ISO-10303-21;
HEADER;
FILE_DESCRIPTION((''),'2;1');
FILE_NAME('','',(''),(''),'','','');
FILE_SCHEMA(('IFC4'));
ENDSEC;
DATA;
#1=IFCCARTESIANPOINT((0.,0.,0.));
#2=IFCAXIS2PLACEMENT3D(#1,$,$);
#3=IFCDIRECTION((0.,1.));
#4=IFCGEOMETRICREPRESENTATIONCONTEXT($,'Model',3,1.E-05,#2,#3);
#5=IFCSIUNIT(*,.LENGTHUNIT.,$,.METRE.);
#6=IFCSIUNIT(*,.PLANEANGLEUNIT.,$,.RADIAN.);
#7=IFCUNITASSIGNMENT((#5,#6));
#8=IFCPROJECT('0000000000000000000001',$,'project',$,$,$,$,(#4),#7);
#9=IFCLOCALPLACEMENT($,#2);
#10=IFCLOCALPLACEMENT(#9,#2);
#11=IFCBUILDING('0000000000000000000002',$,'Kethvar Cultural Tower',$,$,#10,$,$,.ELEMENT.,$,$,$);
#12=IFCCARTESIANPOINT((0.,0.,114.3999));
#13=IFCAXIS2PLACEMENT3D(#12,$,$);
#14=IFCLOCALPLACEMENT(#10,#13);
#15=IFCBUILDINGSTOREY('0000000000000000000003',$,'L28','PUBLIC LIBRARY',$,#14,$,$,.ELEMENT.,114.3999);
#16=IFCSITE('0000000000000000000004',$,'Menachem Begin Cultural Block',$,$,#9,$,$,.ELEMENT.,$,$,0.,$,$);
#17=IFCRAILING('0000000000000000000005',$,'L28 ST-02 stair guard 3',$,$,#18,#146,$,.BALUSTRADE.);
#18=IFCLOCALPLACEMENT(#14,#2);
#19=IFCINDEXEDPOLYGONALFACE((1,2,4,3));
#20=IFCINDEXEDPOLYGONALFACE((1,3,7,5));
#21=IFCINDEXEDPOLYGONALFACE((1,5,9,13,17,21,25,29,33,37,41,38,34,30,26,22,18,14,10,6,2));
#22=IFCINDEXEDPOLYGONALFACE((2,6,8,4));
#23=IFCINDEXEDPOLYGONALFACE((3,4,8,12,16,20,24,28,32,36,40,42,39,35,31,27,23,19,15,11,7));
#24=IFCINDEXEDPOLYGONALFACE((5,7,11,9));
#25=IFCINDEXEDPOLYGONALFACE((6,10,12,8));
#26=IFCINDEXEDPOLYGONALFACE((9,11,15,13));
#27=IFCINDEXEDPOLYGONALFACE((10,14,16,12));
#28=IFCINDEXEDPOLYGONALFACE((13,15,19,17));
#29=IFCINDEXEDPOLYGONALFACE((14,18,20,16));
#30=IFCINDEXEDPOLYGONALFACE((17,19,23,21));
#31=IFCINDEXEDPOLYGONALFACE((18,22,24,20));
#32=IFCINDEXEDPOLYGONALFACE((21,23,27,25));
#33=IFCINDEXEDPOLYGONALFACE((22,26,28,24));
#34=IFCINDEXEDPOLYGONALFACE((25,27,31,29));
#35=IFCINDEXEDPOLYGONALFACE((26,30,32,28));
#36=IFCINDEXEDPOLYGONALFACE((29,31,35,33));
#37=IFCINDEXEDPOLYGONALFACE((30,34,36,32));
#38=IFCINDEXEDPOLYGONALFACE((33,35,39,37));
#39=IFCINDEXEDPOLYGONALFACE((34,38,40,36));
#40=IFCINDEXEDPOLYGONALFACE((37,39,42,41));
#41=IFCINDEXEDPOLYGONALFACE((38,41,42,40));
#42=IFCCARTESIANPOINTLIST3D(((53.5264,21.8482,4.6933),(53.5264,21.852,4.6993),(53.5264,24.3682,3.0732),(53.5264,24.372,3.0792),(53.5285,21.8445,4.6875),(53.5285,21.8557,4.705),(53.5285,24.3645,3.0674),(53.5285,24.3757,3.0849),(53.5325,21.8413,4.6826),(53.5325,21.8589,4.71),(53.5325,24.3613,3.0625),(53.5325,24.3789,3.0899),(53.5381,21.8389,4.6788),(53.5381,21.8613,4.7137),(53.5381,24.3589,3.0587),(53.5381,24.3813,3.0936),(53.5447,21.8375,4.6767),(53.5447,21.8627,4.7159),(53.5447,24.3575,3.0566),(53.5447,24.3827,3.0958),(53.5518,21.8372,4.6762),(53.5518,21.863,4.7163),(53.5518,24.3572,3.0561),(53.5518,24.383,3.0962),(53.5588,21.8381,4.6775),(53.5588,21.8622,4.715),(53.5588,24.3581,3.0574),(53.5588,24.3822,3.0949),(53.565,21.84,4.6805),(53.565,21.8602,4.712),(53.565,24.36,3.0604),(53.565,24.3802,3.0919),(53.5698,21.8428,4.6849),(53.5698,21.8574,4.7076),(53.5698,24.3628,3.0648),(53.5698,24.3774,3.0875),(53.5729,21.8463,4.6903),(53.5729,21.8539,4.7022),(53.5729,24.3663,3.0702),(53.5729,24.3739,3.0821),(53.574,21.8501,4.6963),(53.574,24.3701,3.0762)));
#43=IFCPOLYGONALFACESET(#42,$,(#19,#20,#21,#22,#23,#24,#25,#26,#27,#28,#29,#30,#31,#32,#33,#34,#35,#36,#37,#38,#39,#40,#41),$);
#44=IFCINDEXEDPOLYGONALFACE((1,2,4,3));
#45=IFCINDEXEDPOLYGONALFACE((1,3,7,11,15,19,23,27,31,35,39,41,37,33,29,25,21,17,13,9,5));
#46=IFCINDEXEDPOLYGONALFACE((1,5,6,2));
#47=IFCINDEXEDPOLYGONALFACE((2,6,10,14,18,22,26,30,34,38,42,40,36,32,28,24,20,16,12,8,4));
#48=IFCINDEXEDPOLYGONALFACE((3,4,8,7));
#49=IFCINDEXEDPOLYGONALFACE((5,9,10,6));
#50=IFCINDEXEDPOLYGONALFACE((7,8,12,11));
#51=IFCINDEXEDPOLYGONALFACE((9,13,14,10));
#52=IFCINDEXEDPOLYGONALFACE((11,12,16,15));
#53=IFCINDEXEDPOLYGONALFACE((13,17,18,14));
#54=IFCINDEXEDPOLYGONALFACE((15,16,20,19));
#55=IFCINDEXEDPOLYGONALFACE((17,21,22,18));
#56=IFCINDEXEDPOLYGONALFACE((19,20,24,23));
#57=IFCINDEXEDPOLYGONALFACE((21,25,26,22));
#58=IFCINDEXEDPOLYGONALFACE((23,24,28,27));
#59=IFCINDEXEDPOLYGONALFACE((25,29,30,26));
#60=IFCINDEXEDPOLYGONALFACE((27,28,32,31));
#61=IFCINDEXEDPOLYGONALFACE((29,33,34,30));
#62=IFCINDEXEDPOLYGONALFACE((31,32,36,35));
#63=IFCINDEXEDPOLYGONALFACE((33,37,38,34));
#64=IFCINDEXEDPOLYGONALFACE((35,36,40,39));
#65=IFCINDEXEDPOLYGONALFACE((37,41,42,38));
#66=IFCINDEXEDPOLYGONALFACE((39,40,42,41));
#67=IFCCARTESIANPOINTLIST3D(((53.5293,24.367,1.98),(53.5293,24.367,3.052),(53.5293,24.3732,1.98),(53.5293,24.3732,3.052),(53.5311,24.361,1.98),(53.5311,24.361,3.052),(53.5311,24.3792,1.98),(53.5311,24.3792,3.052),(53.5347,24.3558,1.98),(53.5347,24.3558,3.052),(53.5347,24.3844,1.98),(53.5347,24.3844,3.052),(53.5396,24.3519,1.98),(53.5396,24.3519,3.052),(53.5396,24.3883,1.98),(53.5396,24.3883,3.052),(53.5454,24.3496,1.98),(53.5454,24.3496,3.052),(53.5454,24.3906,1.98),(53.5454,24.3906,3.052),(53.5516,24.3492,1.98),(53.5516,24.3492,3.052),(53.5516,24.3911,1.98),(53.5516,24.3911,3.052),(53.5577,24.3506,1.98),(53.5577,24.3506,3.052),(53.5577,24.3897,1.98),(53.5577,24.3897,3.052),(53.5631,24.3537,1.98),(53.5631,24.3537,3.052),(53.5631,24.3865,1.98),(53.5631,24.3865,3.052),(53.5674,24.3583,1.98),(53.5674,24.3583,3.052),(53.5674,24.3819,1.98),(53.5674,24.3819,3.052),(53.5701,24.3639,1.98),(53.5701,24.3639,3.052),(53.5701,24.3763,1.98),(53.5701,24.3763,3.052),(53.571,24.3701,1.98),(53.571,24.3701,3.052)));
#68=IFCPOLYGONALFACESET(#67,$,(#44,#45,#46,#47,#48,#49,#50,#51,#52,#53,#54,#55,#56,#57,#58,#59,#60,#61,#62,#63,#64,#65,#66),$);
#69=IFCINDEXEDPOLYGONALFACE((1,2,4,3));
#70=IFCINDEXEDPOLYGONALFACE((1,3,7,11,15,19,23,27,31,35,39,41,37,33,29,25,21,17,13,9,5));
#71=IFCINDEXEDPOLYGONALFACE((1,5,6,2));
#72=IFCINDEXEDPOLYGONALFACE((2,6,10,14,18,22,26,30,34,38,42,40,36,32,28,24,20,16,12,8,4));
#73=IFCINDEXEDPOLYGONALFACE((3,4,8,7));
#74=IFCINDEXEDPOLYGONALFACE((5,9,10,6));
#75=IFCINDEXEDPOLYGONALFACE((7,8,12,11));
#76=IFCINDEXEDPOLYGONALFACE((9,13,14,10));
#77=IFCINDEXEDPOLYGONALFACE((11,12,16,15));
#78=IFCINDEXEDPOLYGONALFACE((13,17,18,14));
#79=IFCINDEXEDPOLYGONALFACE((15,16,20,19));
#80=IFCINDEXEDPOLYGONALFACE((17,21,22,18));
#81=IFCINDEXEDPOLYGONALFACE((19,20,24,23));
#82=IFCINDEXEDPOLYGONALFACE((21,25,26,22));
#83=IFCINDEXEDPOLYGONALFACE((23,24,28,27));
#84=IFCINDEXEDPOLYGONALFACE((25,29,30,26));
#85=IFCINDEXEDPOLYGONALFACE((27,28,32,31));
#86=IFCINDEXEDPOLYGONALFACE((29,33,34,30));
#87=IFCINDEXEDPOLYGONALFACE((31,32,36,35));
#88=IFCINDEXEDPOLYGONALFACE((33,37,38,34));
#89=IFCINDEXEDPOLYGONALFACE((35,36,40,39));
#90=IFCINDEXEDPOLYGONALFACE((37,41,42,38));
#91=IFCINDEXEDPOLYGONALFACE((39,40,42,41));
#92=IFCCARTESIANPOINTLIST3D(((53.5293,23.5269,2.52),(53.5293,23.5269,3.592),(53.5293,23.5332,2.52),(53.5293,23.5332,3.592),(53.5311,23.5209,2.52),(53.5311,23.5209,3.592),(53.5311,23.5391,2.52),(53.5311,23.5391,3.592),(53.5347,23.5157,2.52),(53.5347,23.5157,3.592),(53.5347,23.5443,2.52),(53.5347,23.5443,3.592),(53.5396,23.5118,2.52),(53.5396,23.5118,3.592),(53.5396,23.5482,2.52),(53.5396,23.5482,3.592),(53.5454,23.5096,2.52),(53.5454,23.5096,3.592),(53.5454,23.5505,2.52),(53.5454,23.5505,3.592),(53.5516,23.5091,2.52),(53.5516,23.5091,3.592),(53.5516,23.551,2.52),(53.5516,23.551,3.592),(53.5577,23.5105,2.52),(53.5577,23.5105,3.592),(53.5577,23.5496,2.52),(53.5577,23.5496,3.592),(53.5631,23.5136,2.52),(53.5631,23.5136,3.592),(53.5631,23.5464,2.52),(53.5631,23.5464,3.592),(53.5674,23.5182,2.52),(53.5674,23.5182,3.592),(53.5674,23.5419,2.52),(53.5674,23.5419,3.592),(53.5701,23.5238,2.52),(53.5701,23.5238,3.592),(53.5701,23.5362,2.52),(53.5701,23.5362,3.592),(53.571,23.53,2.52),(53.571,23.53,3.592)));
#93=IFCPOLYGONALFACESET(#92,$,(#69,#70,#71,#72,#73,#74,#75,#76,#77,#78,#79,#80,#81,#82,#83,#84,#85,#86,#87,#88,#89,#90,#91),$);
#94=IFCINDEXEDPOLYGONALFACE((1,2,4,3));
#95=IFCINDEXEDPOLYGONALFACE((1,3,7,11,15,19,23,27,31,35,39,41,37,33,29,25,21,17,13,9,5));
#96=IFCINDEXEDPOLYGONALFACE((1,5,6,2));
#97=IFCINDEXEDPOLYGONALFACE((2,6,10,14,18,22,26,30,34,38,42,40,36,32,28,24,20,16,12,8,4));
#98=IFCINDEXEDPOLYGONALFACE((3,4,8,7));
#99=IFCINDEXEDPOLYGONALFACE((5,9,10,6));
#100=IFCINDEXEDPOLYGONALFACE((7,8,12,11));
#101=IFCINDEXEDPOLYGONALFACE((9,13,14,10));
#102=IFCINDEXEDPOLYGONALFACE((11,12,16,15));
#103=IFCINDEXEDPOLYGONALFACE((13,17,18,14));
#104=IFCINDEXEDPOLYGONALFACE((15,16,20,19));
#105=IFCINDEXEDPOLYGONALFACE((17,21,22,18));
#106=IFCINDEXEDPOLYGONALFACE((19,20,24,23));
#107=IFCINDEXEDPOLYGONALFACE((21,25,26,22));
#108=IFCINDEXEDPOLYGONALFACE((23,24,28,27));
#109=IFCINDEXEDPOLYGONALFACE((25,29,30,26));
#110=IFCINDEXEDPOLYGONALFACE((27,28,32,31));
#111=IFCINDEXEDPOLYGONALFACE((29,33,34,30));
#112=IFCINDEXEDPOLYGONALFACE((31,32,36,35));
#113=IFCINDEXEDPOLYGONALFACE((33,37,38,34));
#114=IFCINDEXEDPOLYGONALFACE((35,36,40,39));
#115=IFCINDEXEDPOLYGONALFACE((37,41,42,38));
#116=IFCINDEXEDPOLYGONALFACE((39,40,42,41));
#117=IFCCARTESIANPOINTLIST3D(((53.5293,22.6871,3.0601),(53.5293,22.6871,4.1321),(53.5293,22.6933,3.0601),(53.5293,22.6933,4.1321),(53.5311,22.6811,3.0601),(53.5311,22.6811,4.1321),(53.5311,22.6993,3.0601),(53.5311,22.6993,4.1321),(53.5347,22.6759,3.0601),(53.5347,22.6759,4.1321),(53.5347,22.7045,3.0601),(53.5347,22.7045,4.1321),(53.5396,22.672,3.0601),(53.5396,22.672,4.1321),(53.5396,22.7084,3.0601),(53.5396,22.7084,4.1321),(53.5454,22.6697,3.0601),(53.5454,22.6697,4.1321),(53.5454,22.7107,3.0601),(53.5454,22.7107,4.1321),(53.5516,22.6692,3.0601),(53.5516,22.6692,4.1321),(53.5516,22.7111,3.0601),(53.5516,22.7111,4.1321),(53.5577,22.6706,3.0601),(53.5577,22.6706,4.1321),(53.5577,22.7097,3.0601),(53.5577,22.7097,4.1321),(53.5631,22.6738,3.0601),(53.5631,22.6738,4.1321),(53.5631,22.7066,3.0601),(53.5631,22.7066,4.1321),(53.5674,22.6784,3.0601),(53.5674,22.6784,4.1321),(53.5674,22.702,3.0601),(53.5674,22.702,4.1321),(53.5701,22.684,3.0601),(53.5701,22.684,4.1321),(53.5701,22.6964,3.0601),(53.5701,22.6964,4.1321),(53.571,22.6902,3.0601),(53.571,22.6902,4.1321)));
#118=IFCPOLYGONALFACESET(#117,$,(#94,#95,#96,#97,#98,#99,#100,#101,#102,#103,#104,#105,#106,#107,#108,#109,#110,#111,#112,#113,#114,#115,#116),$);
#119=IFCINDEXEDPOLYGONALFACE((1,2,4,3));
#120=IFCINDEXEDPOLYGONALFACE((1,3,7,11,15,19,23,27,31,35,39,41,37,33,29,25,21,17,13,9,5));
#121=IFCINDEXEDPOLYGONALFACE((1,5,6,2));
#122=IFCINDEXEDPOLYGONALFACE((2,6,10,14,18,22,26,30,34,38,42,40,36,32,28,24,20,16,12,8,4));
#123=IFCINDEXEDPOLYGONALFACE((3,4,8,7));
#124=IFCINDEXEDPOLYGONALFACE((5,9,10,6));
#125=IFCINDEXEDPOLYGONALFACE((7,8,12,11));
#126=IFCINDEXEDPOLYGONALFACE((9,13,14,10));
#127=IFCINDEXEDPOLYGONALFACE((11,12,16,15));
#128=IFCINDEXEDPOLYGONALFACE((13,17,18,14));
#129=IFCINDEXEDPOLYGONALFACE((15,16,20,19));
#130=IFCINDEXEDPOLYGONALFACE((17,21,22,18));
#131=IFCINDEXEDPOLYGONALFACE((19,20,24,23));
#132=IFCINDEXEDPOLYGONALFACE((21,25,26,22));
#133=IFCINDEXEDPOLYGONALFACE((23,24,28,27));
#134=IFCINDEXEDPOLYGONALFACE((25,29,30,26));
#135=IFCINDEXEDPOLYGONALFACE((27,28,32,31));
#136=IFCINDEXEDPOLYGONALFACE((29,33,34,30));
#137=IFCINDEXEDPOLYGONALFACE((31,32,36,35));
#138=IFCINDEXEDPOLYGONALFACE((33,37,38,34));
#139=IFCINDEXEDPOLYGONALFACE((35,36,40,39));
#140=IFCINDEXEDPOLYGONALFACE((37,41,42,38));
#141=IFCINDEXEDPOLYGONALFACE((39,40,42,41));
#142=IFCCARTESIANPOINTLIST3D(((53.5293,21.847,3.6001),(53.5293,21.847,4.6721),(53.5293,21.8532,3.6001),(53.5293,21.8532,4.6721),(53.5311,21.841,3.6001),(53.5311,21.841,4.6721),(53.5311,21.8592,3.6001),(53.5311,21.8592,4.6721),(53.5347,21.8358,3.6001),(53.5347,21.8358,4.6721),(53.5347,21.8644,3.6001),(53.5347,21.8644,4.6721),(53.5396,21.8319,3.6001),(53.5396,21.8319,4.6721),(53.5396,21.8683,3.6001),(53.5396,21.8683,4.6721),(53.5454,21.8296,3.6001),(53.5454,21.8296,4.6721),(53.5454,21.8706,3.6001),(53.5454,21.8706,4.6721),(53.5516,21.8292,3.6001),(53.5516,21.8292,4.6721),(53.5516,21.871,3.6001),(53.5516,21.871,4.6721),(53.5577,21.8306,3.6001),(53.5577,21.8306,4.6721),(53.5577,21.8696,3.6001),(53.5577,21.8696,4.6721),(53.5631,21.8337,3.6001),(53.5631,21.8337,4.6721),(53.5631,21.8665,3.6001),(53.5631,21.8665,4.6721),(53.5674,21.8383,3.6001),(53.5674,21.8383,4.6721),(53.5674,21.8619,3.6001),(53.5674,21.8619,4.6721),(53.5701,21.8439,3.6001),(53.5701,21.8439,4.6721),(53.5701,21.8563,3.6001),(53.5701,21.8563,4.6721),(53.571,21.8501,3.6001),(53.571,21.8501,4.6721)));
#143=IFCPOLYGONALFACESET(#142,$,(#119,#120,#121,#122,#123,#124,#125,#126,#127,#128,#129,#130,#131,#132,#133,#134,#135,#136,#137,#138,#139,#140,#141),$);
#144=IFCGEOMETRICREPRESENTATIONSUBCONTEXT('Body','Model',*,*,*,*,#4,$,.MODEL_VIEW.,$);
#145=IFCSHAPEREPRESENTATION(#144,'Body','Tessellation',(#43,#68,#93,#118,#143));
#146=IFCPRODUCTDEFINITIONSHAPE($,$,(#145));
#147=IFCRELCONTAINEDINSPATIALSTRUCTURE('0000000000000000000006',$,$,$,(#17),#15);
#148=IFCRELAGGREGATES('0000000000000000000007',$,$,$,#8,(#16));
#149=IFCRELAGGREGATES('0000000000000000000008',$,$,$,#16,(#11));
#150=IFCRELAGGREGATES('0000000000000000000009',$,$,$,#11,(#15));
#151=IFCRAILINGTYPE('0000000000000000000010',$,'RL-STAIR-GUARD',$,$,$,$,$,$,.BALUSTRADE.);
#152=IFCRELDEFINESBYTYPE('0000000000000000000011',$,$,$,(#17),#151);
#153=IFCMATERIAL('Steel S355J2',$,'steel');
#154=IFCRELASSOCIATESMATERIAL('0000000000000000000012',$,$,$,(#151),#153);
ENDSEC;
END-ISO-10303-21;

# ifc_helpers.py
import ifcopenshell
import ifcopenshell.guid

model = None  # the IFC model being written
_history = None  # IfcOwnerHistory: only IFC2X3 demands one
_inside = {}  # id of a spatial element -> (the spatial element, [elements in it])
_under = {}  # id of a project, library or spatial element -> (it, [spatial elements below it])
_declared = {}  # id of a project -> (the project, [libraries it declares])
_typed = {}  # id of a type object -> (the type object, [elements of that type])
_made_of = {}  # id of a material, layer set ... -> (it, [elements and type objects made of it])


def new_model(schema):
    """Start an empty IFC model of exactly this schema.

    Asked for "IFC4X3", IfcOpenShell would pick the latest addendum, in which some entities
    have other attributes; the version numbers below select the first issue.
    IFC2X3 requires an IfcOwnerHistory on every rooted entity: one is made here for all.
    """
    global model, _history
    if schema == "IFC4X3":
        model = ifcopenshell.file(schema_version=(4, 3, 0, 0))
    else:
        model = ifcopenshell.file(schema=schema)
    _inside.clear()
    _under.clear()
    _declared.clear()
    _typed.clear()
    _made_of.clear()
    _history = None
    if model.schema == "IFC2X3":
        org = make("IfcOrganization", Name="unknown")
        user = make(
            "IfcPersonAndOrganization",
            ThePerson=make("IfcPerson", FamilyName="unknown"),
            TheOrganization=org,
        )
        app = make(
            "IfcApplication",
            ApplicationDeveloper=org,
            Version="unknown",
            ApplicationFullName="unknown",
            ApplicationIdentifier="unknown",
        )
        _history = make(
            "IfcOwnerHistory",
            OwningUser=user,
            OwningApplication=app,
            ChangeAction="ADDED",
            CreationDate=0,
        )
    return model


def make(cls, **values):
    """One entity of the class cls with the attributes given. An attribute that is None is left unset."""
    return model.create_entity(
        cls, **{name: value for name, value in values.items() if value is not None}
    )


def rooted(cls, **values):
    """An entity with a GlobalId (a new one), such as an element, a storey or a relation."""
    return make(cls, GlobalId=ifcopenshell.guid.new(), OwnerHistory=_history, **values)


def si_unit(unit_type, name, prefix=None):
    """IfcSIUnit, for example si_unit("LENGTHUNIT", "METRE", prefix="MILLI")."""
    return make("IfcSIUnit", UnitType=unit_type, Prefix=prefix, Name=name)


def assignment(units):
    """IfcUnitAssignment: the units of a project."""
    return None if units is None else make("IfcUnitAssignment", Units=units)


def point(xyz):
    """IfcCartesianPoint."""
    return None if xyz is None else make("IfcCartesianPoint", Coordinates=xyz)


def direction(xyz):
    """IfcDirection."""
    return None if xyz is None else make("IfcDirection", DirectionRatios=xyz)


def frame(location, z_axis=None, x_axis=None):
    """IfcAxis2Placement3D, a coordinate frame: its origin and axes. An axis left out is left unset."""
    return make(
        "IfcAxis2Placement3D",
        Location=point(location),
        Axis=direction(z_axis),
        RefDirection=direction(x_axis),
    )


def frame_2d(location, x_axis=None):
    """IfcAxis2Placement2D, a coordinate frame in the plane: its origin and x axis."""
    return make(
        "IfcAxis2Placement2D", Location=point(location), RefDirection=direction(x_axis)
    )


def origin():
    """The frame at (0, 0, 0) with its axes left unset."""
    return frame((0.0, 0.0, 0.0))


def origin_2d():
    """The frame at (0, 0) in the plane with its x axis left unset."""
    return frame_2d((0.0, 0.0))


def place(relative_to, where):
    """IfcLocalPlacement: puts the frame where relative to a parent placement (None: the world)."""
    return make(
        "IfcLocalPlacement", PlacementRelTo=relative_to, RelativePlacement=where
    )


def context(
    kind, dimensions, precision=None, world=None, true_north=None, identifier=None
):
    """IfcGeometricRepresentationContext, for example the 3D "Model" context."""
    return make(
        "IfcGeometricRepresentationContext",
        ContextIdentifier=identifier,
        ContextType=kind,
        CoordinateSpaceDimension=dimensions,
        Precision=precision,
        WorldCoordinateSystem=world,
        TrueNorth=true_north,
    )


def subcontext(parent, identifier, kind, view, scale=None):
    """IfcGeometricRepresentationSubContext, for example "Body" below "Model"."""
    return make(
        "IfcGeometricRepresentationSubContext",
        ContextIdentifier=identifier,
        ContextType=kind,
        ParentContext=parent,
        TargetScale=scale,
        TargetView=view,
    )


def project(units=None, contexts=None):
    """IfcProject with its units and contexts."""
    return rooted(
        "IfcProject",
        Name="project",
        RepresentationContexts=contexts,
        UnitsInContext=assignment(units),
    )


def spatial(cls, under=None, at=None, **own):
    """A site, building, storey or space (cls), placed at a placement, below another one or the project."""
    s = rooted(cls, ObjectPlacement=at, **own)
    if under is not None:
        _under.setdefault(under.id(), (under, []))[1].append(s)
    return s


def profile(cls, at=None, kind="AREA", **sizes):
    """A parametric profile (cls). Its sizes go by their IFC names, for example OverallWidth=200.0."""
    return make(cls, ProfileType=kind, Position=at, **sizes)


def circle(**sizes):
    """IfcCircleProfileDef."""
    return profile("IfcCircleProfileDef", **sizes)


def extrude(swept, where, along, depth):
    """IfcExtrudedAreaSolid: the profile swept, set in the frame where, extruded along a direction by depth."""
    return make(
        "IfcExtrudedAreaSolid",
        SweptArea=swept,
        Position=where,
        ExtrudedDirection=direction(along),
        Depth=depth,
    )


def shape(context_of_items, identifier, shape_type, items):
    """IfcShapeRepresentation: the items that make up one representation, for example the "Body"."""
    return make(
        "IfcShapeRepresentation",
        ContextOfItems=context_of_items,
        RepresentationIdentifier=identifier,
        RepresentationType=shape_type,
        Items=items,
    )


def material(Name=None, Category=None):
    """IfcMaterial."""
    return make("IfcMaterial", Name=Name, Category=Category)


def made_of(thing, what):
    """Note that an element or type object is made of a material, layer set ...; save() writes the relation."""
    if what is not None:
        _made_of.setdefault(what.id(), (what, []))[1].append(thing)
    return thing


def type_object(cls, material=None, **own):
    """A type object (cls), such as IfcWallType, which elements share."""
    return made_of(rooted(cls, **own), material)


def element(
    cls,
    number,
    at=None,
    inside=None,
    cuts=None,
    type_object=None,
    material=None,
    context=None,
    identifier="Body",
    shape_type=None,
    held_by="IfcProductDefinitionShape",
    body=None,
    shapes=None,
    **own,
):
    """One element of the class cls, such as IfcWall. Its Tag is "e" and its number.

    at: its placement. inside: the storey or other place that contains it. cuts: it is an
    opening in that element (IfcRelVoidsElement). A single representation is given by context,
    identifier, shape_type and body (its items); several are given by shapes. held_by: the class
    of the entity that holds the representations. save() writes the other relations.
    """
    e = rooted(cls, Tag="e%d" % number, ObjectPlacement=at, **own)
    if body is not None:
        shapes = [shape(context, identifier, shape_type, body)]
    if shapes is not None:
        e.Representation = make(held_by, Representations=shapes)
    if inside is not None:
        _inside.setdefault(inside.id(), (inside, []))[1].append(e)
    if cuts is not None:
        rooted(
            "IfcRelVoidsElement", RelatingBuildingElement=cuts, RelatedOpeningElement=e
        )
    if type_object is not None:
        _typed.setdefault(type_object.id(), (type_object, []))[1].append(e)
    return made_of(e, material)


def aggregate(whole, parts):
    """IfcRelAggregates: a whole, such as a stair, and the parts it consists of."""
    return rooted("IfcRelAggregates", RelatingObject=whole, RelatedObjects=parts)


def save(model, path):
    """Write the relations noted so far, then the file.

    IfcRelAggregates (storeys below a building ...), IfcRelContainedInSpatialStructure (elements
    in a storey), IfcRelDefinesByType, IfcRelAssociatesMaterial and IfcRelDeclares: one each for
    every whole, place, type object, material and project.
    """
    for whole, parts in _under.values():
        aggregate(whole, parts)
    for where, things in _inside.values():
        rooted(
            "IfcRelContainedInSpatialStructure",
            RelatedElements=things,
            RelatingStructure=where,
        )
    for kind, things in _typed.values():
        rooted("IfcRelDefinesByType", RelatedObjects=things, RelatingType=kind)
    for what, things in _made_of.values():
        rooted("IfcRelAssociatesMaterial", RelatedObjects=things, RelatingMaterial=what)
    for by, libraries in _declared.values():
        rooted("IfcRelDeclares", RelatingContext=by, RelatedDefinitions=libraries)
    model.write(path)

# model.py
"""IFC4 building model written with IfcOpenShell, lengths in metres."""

from ifc_helpers import new_model, si_unit, direction, frame, origin, origin_2d, place, context, subcontext, project, spatial, circle, extrude, material, type_object, element, save


model = new_model("IFC4")

# Units and contexts
model_context = context("Model", 3, precision=1e-05, world=origin(), true_north=direction((0.0, 1.0)))
body_context = subcontext(model_context, "Body", "Model", "MODEL_VIEW")
ifc_project = project(units=[si_unit("LENGTHUNIT", "METRE"), si_unit("PLANEANGLEUNIT", "RADIAN")], contexts=[model_context])

# Site, building, storey
site_placement = place(None, origin())
site = spatial("IfcSite", under=ifc_project, at=site_placement, Name="Menachem Begin Cultural Block", CompositionType="ELEMENT", RefElevation=0.0)
building_placement = place(site_placement, origin())
building = spatial("IfcBuilding", under=site, at=building_placement, Name="Kethvar Cultural Tower", CompositionType="ELEMENT")
storey_placement = place(building_placement, frame((0.0, 0.0, 114.3999)))
storey = spatial("IfcBuildingStorey", under=building, at=storey_placement, Name="L28", Description="PUBLIC LIBRARY", CompositionType="ELEMENT", Elevation=114.3999)

# Shared definitions
ifc_material_1 = material(Name="Steel S355J2", Category="steel")

# Railing
railing_type_1 = type_object("IfcRailingType", Name="RL-STAIR-GUARD", PredefinedType="BALUSTRADE", material=ifc_material_1)
railing_1_placement = place(storey_placement, frame((53.55, 24.3701, 1.98)))
element("IfcRailing", 1, at=railing_1_placement, inside=storey, type_object=railing_type_1, Name="L28 ST-02 stair guard 3", PredefinedType="BALUSTRADE", context=body_context, shape_type="SweptSolid", body=[
    extrude(circle(Radius=0.0239, at=origin_2d()), frame((0.0, 0.0, 1.0962), z_axis=(0.0, -0.841163, 0.540782), x_axis=(1.0, 0.0, 0.0)), (0.0, 0.0, 1.0), 2.9958),
    extrude(circle(Radius=0.021, at=origin_2d()), origin(), (0.0, 0.0, 1.0), 1.072),
    extrude(circle(Radius=0.021, at=origin_2d()), frame((0.0, -0.8401, 0.54)), (0.0, 0.0, 1.0), 1.072),
    extrude(circle(Radius=0.021, at=origin_2d()), frame((0.0, -1.6799, 1.0801)), (0.0, 0.0, 1.0), 1.072),
    extrude(circle(Radius=0.021, at=origin_2d()), frame((0.0, -2.52, 1.6201)), (0.0, 0.0, 1.0), 1.072),
])

save(model, "model.ifc")
